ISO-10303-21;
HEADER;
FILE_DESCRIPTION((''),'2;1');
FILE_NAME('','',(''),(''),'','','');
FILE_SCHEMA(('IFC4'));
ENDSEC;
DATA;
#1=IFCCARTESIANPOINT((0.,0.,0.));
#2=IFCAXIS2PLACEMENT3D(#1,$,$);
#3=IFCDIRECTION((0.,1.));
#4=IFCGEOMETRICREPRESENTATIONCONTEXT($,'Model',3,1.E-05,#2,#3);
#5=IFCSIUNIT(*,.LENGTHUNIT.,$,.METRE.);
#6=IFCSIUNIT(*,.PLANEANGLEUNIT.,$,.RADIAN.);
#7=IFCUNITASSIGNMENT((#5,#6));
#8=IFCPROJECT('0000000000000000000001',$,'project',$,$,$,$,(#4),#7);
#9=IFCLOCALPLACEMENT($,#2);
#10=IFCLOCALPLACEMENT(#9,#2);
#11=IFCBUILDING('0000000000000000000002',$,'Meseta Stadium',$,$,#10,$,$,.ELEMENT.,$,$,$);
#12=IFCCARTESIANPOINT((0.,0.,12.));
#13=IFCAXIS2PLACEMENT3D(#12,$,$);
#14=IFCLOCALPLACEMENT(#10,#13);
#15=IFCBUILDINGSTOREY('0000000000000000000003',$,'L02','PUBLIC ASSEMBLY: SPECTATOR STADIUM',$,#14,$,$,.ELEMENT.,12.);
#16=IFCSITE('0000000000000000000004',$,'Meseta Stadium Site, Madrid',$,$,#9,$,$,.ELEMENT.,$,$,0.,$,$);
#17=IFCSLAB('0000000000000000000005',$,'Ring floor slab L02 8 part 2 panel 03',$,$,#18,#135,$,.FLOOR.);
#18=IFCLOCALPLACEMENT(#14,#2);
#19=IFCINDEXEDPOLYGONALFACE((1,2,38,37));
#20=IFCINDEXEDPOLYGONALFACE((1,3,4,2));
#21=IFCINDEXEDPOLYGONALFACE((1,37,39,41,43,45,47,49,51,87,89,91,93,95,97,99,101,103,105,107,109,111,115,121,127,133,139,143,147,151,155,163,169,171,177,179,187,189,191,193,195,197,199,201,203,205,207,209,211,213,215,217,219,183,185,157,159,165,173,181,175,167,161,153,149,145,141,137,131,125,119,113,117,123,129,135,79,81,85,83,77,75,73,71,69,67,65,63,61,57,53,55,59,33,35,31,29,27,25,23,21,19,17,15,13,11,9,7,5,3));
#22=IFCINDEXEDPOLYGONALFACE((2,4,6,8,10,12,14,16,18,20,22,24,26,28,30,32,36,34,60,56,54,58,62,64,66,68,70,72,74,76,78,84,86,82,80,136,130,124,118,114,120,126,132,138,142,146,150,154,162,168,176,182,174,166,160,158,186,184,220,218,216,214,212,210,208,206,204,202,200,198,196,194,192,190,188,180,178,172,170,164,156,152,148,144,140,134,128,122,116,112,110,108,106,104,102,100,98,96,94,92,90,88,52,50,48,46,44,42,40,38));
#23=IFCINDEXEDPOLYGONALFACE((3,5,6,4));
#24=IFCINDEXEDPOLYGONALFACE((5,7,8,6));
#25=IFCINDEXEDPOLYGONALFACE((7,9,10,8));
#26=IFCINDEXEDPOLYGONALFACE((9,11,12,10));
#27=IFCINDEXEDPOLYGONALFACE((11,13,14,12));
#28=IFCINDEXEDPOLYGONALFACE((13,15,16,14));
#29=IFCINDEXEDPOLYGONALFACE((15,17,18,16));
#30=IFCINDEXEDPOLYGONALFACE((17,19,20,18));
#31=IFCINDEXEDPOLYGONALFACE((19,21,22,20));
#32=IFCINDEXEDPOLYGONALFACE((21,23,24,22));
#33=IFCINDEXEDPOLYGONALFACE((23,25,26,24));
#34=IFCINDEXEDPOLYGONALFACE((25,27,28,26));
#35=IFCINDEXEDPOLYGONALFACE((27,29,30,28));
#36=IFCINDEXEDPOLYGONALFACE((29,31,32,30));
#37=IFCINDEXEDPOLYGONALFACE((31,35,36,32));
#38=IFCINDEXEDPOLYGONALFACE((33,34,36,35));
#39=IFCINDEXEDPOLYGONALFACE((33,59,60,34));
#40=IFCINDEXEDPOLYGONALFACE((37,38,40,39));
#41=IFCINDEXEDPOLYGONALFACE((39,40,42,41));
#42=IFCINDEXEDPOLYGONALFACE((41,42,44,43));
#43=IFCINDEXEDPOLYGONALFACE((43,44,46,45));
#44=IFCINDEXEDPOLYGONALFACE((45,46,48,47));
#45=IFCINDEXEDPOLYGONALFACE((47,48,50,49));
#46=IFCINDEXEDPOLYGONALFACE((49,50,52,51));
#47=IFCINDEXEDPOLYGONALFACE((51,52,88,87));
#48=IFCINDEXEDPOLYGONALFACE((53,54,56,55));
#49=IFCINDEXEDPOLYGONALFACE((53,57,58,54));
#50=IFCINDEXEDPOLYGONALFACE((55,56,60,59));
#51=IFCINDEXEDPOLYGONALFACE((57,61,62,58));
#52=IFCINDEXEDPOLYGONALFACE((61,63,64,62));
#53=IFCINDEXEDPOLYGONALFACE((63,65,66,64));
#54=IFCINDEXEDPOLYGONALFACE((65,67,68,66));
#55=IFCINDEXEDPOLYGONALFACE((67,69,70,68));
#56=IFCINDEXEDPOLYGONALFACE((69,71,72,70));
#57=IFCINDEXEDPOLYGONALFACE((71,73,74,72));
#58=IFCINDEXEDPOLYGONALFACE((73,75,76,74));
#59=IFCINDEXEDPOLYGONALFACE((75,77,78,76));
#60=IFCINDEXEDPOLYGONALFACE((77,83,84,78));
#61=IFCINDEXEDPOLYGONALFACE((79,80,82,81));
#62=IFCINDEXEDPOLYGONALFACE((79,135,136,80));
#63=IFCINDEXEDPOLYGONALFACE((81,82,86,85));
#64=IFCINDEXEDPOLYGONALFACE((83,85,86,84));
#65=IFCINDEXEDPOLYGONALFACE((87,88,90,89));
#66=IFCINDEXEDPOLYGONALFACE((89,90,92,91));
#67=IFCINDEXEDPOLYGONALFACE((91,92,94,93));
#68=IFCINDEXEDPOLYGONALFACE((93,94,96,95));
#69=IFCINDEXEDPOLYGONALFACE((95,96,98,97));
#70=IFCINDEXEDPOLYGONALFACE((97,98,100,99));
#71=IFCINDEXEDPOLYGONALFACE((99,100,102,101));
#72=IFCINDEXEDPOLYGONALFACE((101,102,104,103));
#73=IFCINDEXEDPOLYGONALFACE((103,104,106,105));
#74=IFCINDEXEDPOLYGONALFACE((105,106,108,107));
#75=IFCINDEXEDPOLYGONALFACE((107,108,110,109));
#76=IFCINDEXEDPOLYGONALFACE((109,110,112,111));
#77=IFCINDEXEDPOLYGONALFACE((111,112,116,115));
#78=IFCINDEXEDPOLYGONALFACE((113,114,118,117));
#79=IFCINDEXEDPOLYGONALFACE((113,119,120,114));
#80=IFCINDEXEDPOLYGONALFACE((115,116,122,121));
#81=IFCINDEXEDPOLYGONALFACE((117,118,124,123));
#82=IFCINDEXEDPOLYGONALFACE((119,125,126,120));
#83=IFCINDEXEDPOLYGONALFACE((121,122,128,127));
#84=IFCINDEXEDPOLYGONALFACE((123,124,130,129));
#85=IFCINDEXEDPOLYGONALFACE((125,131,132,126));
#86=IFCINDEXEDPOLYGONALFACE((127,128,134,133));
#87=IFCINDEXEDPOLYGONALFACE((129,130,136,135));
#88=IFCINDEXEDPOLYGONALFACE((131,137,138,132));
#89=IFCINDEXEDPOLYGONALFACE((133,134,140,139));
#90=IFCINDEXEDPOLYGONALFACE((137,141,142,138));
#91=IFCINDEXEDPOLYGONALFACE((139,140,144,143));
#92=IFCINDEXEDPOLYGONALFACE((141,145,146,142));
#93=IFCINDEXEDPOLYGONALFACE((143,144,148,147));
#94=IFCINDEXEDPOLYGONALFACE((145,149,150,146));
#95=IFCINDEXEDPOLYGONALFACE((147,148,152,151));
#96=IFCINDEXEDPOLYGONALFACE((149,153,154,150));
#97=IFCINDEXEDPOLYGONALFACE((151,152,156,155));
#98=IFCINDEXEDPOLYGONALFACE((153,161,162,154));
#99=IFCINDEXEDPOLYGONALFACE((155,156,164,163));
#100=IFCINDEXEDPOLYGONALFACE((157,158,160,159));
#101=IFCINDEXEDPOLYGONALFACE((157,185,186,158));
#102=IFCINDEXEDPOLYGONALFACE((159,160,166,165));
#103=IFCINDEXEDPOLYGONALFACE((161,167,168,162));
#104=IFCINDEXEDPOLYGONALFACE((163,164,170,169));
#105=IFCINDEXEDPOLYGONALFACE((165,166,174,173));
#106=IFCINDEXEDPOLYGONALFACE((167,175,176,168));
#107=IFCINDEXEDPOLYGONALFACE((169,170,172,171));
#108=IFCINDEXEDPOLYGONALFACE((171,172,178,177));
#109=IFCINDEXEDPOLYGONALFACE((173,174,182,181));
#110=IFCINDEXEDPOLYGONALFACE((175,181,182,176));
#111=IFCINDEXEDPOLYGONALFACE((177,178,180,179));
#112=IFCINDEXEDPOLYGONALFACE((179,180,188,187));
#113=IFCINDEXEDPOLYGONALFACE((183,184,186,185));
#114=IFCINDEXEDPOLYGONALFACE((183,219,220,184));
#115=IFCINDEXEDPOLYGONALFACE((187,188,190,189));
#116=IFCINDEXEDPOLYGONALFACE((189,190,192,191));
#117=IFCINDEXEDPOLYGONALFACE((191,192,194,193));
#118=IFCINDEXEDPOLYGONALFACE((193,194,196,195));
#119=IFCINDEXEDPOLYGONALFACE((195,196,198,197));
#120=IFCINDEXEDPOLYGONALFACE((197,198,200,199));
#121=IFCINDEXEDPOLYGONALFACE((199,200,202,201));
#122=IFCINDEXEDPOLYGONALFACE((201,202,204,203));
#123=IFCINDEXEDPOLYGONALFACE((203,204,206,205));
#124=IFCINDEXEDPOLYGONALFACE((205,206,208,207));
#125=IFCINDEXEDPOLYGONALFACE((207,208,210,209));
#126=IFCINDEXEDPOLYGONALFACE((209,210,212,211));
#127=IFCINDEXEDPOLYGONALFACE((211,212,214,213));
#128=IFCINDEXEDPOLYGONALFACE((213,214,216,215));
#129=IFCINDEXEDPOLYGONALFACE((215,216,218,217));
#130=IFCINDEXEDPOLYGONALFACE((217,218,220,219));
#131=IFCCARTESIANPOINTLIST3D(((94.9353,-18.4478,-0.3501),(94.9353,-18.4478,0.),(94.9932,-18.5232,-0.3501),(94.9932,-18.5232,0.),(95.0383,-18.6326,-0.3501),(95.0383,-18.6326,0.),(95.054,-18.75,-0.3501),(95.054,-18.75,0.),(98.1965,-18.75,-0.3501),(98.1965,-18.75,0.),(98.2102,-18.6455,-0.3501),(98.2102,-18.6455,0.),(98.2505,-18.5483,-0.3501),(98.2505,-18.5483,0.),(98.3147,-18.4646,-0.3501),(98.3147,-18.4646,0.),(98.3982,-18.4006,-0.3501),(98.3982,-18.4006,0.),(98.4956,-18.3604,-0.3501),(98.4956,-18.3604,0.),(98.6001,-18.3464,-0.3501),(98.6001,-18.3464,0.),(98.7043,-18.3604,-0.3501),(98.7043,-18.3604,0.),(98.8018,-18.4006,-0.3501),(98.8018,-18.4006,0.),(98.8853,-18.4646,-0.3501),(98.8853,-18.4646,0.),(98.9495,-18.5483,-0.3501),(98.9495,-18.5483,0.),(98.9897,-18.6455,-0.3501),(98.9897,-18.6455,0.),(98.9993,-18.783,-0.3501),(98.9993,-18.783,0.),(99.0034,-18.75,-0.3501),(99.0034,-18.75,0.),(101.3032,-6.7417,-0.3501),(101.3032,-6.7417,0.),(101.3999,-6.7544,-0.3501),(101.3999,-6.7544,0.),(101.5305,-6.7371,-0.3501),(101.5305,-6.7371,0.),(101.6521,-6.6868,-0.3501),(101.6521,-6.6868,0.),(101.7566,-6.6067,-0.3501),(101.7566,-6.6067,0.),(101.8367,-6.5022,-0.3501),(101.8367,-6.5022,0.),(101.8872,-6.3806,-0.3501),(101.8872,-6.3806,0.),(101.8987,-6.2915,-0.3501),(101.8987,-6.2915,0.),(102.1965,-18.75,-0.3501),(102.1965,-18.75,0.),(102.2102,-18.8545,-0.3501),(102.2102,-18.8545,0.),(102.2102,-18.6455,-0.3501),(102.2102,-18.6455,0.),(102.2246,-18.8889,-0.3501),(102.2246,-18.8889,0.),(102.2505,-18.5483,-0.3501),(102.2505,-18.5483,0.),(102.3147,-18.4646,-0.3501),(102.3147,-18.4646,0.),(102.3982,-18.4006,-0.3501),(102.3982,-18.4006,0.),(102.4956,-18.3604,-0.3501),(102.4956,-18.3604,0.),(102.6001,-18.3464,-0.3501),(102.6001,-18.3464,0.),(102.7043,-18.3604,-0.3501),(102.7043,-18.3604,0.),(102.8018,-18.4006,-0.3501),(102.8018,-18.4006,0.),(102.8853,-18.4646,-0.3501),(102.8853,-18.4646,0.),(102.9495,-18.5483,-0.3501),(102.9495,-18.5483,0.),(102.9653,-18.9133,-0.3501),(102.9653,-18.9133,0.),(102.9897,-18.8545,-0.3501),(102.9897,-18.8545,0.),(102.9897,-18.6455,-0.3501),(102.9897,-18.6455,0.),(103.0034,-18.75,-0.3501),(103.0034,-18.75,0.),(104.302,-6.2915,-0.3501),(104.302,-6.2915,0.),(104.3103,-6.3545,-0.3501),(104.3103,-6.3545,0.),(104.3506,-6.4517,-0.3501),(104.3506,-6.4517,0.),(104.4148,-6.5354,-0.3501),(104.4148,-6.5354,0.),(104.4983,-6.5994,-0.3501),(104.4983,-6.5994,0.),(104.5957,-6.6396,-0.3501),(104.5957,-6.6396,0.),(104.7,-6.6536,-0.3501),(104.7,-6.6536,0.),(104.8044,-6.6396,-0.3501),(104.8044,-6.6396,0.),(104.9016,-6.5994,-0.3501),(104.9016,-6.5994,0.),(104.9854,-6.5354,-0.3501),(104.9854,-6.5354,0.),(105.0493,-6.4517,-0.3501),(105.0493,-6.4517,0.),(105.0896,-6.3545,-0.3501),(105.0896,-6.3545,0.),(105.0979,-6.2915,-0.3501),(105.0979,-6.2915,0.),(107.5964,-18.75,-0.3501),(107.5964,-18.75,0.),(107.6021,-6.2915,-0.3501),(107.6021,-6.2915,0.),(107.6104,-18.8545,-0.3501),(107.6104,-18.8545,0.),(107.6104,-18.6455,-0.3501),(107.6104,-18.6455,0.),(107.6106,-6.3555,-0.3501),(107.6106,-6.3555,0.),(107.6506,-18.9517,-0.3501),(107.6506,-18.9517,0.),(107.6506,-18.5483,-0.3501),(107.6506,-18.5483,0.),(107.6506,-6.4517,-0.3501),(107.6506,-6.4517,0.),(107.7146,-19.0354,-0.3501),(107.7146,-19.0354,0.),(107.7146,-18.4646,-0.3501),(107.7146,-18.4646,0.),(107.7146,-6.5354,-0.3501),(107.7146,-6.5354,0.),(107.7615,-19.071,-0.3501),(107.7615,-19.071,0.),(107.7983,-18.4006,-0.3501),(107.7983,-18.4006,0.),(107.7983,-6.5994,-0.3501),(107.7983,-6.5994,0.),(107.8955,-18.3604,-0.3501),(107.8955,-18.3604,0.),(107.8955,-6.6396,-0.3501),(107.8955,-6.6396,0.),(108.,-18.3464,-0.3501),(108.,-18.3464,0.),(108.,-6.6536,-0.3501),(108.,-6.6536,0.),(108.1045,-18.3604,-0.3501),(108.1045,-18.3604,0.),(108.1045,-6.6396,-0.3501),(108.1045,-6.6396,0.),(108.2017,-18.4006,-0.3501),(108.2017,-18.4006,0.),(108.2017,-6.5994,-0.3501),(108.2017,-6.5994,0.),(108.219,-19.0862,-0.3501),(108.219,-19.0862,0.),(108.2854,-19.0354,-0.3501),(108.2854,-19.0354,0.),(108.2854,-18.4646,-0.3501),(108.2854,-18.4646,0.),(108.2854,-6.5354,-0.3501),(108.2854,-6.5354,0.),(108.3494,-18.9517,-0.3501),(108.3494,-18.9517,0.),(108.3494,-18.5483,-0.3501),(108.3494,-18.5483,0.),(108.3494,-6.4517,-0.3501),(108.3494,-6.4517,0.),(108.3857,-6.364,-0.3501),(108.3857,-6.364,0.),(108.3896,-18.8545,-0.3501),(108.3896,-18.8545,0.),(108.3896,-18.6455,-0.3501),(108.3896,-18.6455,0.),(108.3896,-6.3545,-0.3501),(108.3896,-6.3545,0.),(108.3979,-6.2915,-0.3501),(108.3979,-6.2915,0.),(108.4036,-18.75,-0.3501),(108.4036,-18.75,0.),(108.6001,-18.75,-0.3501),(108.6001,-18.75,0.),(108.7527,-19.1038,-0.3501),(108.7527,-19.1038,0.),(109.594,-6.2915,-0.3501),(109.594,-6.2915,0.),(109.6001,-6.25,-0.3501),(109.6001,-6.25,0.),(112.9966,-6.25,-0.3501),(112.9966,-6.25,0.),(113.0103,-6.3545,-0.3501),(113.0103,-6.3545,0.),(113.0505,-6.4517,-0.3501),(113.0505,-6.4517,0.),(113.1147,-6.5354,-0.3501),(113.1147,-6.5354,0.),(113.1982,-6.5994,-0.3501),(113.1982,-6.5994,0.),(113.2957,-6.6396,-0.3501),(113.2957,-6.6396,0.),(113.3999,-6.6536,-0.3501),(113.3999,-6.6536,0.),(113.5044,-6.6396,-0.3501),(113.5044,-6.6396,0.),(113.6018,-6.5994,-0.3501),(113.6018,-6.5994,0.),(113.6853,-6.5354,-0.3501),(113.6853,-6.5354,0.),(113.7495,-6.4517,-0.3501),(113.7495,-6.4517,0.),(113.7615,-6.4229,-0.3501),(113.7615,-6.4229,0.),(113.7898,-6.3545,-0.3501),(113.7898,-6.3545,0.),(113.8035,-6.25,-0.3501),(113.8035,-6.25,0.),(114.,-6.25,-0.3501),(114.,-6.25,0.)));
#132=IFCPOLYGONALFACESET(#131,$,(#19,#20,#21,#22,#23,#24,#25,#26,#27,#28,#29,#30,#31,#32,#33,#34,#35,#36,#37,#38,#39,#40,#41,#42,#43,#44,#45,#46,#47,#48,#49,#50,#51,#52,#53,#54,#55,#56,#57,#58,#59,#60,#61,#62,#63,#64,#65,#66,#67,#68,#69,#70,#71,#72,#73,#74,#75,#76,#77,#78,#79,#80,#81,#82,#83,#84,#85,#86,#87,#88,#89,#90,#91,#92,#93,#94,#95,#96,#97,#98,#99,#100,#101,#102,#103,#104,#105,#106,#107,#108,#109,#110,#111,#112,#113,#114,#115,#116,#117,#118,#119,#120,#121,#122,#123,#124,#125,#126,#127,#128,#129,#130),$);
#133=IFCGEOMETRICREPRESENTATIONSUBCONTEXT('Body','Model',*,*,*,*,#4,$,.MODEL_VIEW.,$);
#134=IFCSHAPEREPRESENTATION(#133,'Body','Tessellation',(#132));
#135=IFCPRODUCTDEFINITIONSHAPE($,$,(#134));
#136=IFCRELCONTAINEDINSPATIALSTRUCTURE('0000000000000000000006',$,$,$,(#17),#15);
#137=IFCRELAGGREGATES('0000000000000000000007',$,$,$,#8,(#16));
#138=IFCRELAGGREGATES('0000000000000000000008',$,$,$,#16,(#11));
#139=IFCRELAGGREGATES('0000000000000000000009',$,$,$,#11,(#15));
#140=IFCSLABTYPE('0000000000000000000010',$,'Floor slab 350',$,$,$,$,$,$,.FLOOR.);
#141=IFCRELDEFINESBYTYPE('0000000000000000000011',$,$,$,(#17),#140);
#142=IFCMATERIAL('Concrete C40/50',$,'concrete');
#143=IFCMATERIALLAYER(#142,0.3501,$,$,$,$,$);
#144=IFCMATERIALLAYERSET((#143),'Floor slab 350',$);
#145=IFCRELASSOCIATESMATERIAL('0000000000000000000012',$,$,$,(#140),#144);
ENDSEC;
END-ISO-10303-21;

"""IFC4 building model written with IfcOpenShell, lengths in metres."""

from ifc_helpers import new_model, si_unit, direction, frame, origin, place, context, subcontext, project, spatial, polyline, outline, extrude, material, layer, layer_set, type_object, element, save


model = new_model("IFC4")

# Units and contexts
model_context = context("Model", 3, precision=1e-05, world=origin(), true_north=direction((0.0, 1.0)))
body_context = subcontext(model_context, "Body", "Model", "MODEL_VIEW")
ifc_project = project(units=[si_unit("LENGTHUNIT", "METRE"), si_unit("PLANEANGLEUNIT", "RADIAN")], contexts=[model_context])

# Site, building, storey
site_placement = place(None, origin())
site = spatial("IfcSite", under=ifc_project, at=site_placement, Name="Meseta Stadium Site, Madrid", CompositionType="ELEMENT", RefElevation=0.0)
building_placement = place(site_placement, origin())
building = spatial("IfcBuilding", under=site, at=building_placement, Name="Meseta Stadium", CompositionType="ELEMENT")
storey_placement = place(building_placement, frame((0.0, 0.0, 12.0)))
storey = spatial("IfcBuildingStorey", under=building, at=storey_placement, Name="L02", Description="PUBLIC ASSEMBLY: SPECTATOR STADIUM", CompositionType="ELEMENT", Elevation=12.0)

# Slab
ifc_material_1 = material(Name="Concrete C40/50", Category="concrete")
ifc_layer_1 = layer(ifc_material_1, 0.3501)
ifc_layer_set_1 = layer_set([ifc_layer_1], Name="Floor slab 350")
slab_type_1 = type_object("IfcSlabType", Name="Floor slab 350", PredefinedType="FLOOR", material=ifc_layer_set_1)
slab_1_placement = place(storey_placement, frame((0.0, 0.0, -0.3501)))
element("IfcSlab", 1, at=slab_1_placement, inside=storey, type_object=slab_type_1, Name="Ring floor slab L02 8 part 2 panel 03", PredefinedType="FLOOR", context=body_context, shape_type="SweptSolid", body=[
    extrude(outline(polyline([(112.9966, -6.25), (109.6001, -6.25), (109.594, -6.2915), (108.3979, -6.2915), (108.3896, -6.3545), (108.3857, -6.364), (108.3494, -6.4517), (108.2854, -6.5354), (108.2017, -6.5994), (108.1045, -6.6396), (108.0, -6.6536), (107.8955, -6.6396), (107.7983, -6.5994), (107.7146, -6.5354), (107.6506, -6.4517), (107.6106, -6.3555), (107.6021, -6.2915), (105.0979, -6.2915), (105.0896, -6.3545), (105.0493, -6.4517), (104.9854, -6.5354), (104.9016, -6.5994), (104.8044, -6.6396), (104.7, -6.6536), (104.5957, -6.6396), (104.4983, -6.5994), (104.4148, -6.5354), (104.3506, -6.4517), (104.3103, -6.3545), (104.302, -6.2915), (101.8987, -6.2915), (101.8872, -6.3806), (101.8367, -6.5022), (101.7566, -6.6067), (101.6521, -6.6868), (101.5305, -6.7371), (101.3999, -6.7544), (101.3032, -6.7417), (94.9353, -18.4478), (94.9932, -18.5232), (95.0383, -18.6326), (95.054, -18.75), (98.1965, -18.75), (98.2102, -18.6455), (98.2505, -18.5483), (98.3147, -18.4646), (98.3982, -18.4006), (98.4956, -18.3604), (98.6001, -18.3464), (98.7043, -18.3604), (98.8018, -18.4006), (98.8853, -18.4646), (98.9495, -18.5483), (98.9897, -18.6455), (99.0034, -18.75), (98.9993, -18.783), (102.2246, -18.8889), (102.2102, -18.8545), (102.1965, -18.75), (102.2102, -18.6455), (102.2505, -18.5483), (102.3147, -18.4646), (102.3982, -18.4006), (102.4956, -18.3604), (102.6001, -18.3464), (102.7043, -18.3604), (102.8018, -18.4006), (102.8853, -18.4646), (102.9495, -18.5483), (102.9897, -18.6455), (103.0034, -18.75), (102.9897, -18.8545), (102.9653, -18.9133), (107.7615, -19.071), (107.7146, -19.0354), (107.6506, -18.9517), (107.6104, -18.8545), (107.5964, -18.75), (107.6104, -18.6455), (107.6506, -18.5483), (107.7146, -18.4646), (107.7983, -18.4006), (107.8955, -18.3604), (108.0, -18.3464), (108.1045, -18.3604), (108.2017, -18.4006), (108.2854, -18.4646), (108.3494, -18.5483), (108.3896, -18.6455), (108.4036, -18.75), (108.3896, -18.8545), (108.3494, -18.9517), (108.2854, -19.0354), (108.219, -19.0862), (108.7527, -19.1038), (108.6001, -18.75), (114.0, -6.25), (113.8035, -6.25), (113.7898, -6.3545), (113.7615, -6.4229), (113.7495, -6.4517), (113.6853, -6.5354), (113.6018, -6.5994), (113.5044, -6.6396), (113.3999, -6.6536), (113.2957, -6.6396), (113.1982, -6.5994), (113.1147, -6.5354), (113.0505, -6.4517), (113.0103, -6.3545), (112.9966, -6.25)])), origin(), (0.0, 0.0, 1.0), 0.3501),
])

save(model, "model.ifc")
